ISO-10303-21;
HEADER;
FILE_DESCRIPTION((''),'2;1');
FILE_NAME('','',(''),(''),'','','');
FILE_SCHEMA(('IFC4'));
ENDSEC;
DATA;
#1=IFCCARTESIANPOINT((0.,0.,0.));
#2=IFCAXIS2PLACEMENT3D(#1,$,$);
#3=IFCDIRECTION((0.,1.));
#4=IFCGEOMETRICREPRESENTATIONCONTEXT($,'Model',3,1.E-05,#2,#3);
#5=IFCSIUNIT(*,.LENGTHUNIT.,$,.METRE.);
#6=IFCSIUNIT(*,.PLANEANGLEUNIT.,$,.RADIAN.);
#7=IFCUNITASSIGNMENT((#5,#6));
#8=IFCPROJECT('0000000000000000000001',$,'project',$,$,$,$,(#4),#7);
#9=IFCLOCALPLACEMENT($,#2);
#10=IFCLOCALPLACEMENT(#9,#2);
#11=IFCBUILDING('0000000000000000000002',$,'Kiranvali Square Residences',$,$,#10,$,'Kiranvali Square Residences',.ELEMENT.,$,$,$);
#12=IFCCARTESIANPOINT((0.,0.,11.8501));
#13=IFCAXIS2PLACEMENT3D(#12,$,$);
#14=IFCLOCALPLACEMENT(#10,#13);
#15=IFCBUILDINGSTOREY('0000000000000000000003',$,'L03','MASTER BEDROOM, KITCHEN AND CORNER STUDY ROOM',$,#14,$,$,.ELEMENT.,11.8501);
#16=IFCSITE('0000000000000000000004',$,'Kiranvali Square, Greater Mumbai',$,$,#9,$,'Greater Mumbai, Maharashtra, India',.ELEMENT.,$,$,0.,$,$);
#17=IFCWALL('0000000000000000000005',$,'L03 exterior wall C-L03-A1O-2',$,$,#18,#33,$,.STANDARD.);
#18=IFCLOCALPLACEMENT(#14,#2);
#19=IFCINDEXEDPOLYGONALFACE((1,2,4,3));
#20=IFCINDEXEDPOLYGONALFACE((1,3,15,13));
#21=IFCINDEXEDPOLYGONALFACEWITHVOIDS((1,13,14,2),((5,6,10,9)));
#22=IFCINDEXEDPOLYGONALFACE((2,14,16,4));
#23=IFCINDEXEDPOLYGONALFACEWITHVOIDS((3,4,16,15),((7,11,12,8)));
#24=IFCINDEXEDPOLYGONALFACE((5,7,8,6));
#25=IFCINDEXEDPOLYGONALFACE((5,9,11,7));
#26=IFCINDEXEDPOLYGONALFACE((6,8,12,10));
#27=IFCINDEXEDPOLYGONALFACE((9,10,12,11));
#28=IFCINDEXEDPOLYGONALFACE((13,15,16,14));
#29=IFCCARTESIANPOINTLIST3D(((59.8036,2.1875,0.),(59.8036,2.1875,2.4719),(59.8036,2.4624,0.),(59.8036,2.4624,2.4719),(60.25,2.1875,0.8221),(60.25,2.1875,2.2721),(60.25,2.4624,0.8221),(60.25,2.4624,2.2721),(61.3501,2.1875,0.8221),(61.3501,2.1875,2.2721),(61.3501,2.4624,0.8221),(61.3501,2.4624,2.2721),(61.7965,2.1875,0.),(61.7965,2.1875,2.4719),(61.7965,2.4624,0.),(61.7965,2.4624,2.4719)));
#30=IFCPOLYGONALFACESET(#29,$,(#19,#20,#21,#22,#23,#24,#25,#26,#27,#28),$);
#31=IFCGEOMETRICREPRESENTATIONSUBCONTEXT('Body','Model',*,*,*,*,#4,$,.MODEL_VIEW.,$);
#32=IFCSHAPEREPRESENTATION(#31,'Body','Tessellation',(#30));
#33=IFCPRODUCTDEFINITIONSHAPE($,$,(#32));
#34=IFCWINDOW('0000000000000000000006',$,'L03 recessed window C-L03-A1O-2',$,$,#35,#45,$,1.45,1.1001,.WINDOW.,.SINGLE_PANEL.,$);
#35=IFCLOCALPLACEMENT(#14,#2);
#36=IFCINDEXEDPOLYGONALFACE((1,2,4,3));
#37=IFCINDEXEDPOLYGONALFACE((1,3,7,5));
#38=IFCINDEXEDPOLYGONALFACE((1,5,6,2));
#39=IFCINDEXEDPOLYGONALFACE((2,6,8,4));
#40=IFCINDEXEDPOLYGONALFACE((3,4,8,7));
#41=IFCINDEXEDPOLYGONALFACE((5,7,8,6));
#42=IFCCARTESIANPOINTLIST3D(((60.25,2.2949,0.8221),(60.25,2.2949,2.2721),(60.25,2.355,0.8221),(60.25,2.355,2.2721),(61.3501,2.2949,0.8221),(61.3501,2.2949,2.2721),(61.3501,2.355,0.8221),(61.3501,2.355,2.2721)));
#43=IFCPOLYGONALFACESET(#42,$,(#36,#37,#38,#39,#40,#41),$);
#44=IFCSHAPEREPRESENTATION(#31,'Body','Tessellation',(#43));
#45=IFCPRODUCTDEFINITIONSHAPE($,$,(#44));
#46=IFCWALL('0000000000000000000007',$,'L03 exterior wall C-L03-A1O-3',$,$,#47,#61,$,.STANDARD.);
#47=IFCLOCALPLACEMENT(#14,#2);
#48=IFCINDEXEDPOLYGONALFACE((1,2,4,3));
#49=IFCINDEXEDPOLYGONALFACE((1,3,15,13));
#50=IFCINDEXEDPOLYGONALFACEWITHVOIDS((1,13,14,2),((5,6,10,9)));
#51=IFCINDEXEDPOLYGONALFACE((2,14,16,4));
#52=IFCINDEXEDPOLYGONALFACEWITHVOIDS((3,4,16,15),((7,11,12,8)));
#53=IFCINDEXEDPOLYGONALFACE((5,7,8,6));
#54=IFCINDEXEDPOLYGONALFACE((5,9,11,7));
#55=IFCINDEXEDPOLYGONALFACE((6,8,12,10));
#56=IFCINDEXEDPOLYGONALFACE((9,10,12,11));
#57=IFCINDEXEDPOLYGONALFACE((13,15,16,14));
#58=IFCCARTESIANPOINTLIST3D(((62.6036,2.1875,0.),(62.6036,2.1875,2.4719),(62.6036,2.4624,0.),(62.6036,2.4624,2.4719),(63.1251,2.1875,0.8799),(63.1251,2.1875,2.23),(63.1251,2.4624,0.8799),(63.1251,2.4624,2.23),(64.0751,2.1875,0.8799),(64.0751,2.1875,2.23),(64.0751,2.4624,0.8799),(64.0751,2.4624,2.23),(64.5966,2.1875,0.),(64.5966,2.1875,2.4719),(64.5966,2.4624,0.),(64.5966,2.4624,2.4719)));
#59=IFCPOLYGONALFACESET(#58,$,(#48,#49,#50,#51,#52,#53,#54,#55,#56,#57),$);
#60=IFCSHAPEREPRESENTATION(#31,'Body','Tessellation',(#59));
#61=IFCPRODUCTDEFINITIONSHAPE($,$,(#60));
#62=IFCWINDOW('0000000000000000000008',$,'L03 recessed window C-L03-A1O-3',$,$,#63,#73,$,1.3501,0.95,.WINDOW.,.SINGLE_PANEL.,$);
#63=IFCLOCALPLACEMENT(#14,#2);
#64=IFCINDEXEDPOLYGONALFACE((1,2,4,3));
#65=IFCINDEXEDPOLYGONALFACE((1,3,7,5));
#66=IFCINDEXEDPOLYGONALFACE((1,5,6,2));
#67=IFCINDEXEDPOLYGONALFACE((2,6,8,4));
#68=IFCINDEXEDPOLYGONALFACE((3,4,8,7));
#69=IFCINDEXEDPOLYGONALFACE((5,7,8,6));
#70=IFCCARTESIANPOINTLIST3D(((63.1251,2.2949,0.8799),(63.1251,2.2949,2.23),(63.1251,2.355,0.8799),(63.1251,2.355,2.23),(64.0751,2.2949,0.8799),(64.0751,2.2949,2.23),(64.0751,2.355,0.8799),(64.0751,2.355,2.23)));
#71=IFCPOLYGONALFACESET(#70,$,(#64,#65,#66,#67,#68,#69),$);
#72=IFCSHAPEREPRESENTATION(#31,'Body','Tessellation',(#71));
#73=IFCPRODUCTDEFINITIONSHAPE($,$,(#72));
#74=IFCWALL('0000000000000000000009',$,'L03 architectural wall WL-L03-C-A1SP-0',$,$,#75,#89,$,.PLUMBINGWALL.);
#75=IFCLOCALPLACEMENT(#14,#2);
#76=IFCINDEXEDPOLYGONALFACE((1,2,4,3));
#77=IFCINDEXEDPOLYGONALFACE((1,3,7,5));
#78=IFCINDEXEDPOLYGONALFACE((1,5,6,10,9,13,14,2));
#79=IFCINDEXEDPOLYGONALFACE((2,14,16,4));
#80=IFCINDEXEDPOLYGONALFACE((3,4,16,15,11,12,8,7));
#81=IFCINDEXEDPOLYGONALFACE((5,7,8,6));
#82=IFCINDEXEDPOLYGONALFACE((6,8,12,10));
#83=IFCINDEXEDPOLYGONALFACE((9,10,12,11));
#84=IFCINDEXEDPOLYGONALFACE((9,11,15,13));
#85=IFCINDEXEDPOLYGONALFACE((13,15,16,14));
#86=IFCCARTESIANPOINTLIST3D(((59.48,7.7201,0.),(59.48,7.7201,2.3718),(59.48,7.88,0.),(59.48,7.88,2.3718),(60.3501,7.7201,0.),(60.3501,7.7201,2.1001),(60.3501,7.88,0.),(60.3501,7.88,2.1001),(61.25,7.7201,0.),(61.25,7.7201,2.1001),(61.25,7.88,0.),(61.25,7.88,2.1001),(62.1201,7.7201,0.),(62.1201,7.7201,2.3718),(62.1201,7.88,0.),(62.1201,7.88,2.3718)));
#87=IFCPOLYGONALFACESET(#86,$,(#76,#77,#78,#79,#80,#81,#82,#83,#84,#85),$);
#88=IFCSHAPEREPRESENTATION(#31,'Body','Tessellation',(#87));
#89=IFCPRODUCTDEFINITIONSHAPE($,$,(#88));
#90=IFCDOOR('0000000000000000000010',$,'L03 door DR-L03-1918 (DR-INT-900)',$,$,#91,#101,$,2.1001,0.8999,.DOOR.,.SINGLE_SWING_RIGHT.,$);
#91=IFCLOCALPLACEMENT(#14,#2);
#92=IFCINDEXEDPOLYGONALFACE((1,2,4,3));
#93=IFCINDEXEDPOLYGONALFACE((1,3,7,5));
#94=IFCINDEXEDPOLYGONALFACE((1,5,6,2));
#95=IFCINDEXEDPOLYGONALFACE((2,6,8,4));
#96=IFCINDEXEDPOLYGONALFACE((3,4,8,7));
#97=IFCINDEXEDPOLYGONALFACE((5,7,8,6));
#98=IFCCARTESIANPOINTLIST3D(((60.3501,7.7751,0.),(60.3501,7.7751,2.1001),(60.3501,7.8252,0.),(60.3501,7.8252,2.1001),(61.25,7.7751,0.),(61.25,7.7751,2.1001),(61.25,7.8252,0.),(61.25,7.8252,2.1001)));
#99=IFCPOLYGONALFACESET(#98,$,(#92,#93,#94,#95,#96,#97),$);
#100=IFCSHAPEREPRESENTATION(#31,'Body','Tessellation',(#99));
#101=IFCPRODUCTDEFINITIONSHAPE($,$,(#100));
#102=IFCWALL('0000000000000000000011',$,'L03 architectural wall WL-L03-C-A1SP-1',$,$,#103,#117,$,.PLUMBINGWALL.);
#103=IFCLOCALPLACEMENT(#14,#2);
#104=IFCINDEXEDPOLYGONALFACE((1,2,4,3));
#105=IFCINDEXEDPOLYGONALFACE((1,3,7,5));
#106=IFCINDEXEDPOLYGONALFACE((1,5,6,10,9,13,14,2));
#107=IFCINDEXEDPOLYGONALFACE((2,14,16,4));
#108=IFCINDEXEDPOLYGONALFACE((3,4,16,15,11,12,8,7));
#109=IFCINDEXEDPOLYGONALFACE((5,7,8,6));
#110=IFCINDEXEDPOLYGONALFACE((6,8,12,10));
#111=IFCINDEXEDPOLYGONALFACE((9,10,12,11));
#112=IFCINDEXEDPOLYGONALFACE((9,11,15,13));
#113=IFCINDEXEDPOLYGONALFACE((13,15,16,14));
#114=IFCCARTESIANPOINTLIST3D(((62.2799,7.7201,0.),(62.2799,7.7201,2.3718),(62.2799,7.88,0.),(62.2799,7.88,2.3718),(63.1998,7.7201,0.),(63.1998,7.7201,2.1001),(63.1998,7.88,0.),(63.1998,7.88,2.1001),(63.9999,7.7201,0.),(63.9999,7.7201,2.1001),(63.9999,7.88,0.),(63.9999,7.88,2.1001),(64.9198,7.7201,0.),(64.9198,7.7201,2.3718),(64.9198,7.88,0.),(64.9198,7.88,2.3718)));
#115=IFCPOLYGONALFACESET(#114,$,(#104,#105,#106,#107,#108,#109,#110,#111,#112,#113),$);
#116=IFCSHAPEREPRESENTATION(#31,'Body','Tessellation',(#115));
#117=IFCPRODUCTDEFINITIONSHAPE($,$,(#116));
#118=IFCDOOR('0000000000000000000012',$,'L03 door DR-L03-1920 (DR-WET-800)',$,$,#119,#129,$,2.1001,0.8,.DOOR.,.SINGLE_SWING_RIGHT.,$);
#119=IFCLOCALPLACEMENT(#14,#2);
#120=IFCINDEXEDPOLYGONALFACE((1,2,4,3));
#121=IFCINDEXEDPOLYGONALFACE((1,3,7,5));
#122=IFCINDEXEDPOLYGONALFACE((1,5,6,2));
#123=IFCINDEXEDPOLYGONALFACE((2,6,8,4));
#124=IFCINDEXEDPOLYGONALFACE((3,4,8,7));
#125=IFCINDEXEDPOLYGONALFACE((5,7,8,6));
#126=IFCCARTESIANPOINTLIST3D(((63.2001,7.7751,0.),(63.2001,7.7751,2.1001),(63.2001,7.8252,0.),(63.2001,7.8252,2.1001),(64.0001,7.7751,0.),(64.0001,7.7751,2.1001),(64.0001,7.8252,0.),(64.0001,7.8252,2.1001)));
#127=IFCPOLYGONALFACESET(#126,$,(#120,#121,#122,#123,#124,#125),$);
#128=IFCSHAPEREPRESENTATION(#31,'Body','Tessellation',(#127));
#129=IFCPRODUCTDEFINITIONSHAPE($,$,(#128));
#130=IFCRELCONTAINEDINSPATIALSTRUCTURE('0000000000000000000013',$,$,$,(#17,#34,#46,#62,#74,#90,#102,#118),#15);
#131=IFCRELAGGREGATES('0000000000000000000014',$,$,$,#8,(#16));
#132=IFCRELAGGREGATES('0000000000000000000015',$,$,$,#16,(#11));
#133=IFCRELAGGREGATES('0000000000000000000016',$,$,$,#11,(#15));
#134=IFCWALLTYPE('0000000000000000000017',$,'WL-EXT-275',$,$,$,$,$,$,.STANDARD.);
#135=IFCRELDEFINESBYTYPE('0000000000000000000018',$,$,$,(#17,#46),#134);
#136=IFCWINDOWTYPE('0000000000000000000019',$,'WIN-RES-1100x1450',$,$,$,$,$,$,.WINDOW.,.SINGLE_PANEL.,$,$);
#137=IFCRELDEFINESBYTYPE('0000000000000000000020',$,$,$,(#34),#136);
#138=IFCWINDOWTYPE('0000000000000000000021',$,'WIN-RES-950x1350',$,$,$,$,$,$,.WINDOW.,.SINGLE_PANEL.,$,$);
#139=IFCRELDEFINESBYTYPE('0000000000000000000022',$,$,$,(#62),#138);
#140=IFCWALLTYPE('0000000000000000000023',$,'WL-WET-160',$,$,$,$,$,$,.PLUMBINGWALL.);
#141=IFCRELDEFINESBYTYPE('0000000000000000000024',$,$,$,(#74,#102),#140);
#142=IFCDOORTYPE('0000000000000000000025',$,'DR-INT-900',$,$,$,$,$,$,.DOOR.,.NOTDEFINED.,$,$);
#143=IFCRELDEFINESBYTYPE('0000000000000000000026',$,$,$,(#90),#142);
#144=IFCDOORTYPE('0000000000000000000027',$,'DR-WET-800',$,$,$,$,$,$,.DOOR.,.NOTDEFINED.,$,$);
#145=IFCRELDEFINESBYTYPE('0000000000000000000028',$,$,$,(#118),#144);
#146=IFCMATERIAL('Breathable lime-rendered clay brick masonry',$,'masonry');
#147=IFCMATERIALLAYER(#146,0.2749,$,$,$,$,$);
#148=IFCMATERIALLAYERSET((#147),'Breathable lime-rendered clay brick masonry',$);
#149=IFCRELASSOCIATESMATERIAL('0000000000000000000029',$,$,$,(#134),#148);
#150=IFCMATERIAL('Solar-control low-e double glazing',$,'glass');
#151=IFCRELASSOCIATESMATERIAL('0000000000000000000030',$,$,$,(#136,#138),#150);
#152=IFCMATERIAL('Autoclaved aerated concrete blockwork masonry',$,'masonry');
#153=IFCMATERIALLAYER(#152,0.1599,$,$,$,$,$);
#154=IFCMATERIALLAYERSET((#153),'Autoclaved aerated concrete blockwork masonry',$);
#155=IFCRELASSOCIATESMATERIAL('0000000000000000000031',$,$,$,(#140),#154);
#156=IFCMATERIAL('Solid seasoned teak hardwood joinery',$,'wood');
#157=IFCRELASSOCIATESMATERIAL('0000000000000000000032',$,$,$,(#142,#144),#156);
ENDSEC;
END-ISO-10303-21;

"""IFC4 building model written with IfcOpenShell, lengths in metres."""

from ifc_helpers import new_model, si_unit, direction, frame, frame_2d, origin, place, context, subcontext, project, spatial, rectangle, extrude, material, layer, layer_set, type_object, element, fill, save


model = new_model("IFC4")

# Units and contexts
model_context = context("Model", 3, precision=1e-05, world=origin(), true_north=direction((0.0, 1.0)))
body_context = subcontext(model_context, "Body", "Model", "MODEL_VIEW")
ifc_project = project(units=[si_unit("LENGTHUNIT", "METRE"), si_unit("PLANEANGLEUNIT", "RADIAN")], contexts=[model_context])

# Site, building, storey
site_placement = place(None, origin())
site = spatial("IfcSite", under=ifc_project, at=site_placement, Name="Kiranvali Square, Greater Mumbai", LongName="Greater Mumbai, Maharashtra, India", CompositionType="ELEMENT", RefElevation=0.0)
building_placement = place(site_placement, origin())
building = spatial("IfcBuilding", under=site, at=building_placement, Name="Kiranvali Square Residences", LongName="Kiranvali Square Residences", CompositionType="ELEMENT")
storey_placement = place(building_placement, frame((0.0, 0.0, 11.8501)))
storey = spatial("IfcBuildingStorey", under=building, at=storey_placement, Name="L03", Description="MASTER BEDROOM, KITCHEN AND CORNER STUDY ROOM", CompositionType="ELEMENT", Elevation=11.8501)

# Walls, openings, windows
ifc_material_1 = material(Name="Breathable lime-rendered clay brick masonry", Category="masonry")
ifc_layer_1 = layer(ifc_material_1, 0.2749)
ifc_layer_set_1 = layer_set([ifc_layer_1], Name="Breathable lime-rendered clay brick masonry")
wall_type_1 = type_object("IfcWallType", Name="WL-EXT-275", PredefinedType="STANDARD", material=ifc_layer_set_1)
wall_1_placement = place(storey_placement, frame((59.8035, 2.325, 0.0), z_axis=(0.0, 0.0, 1.0), x_axis=(1.0, 0.0, 0.0)))
wall_1 = element("IfcWall", 1, at=wall_1_placement, inside=storey, type_object=wall_type_1, Name="L03 exterior wall C-L03-A1O-2", PredefinedType="STANDARD", context=body_context, shape_type="SweptSolid", body=[
    extrude(rectangle(XDim=1.9929, YDim=0.2749, at=frame_2d((0.9966, 0.0))), origin(), (0.0, 0.0, 1.0), 2.4719),
])
opening_1_placement = place(wall_1_placement, frame((0.4465, 0.0, 0.822)))
opening_1 = element("IfcOpeningElement", 2, at=opening_1_placement, cuts=wall_1, PredefinedType="OPENING", context=body_context, shape_type="SweptSolid", body=[
    extrude(rectangle(XDim=1.1001, YDim=1.45, at=frame_2d((0.55, 0.7251))), frame((0.0, 0.1475, 0.0), z_axis=(0.0, -1.0, 0.0), x_axis=(1.0, 0.0, 0.0)), (0.0, 0.0, 1.0), 0.2949),
])
ifc_material_2 = material(Name="Solar-control low-e double glazing", Category="glass")
window_type_1 = type_object("IfcWindowType", Name="WIN-RES-1100x1450", PartitioningType="SINGLE_PANEL", PredefinedType="WINDOW", material=ifc_material_2)
window_1_placement = place(opening_1_placement, origin())
window_1 = element("IfcWindow", 3, at=window_1_placement, inside=storey, type_object=window_type_1, Name="L03 recessed window C-L03-A1O-2", OverallHeight=1.45, OverallWidth=1.1001, PartitioningType="SINGLE_PANEL", PredefinedType="WINDOW", context=body_context, shape_type="SweptSolid", body=[
    extrude(rectangle(XDim=1.1001, YDim=1.45, at=frame_2d((0.55, 0.7251))), frame((0.0, 0.03, 0.0), z_axis=(0.0, -1.0, 0.0), x_axis=(1.0, 0.0, 0.0)), (0.0, 0.0, 1.0), 0.0601),
])
fill(opening_1, window_1)
wall_2_placement = place(storey_placement, frame((62.6035, 2.325, 0.0), z_axis=(0.0, 0.0, 1.0), x_axis=(1.0, 0.0, 0.0)))
wall_2 = element("IfcWall", 4, at=wall_2_placement, inside=storey, type_object=wall_type_1, Name="L03 exterior wall C-L03-A1O-3", PredefinedType="STANDARD", context=body_context, shape_type="SweptSolid", body=[
    extrude(rectangle(XDim=1.9929, YDim=0.2749, at=frame_2d((0.9966, 0.0))), origin(), (0.0, 0.0, 1.0), 2.4719),
])
opening_2_placement = place(wall_2_placement, frame((0.5215, 0.0, 0.8799)))
opening_2 = element("IfcOpeningElement", 5, at=opening_2_placement, cuts=wall_2, PredefinedType="OPENING", context=body_context, shape_type="SweptSolid", body=[
    extrude(rectangle(XDim=0.95, YDim=1.3501, at=frame_2d((0.4751, 0.675))), frame((0.0, 0.1475, 0.0), z_axis=(0.0, -1.0, 0.0), x_axis=(1.0, 0.0, 0.0)), (0.0, 0.0, 1.0), 0.2949),
])
window_type_2 = type_object("IfcWindowType", Name="WIN-RES-950x1350", PartitioningType="SINGLE_PANEL", PredefinedType="WINDOW", material=ifc_material_2)
window_2_placement = place(opening_2_placement, origin())
window_2 = element("IfcWindow", 6, at=window_2_placement, inside=storey, type_object=window_type_2, Name="L03 recessed window C-L03-A1O-3", OverallHeight=1.3501, OverallWidth=0.95, PartitioningType="SINGLE_PANEL", PredefinedType="WINDOW", context=body_context, shape_type="SweptSolid", body=[
    extrude(rectangle(XDim=0.95, YDim=1.3501, at=frame_2d((0.4751, 0.675))), frame((0.0, 0.03, 0.0), z_axis=(0.0, -1.0, 0.0), x_axis=(1.0, 0.0, 0.0)), (0.0, 0.0, 1.0), 0.0601),
])
fill(opening_2, window_2)

# Walls, openings, doors
ifc_material_3 = material(Name="Autoclaved aerated concrete blockwork masonry", Category="masonry")
ifc_layer_2 = layer(ifc_material_3, 0.1599)
ifc_layer_set_2 = layer_set([ifc_layer_2], Name="Autoclaved aerated concrete blockwork masonry")
wall_type_2 = type_object("IfcWallType", Name="WL-WET-160", PredefinedType="PLUMBINGWALL", material=ifc_layer_set_2)
wall_3_placement = place(storey_placement, frame((59.48, 7.8, 0.0), z_axis=(0.0, 0.0, 1.0), x_axis=(1.0, 0.0, 0.0)))
wall_3 = element("IfcWall", 7, at=wall_3_placement, inside=storey, type_object=wall_type_2, Name="L03 architectural wall WL-L03-C-A1SP-0", PredefinedType="PLUMBINGWALL", context=body_context, shape_type="SweptSolid", body=[
    extrude(rectangle(XDim=2.6401, YDim=0.1599, at=frame_2d((1.3201, 0.0))), origin(), (0.0, 0.0, 1.0), 2.3718),
])
opening_3_placement = place(wall_3_placement, frame((0.8701, 0.0, 0.0)))
opening_3 = element("IfcOpeningElement", 8, at=opening_3_placement, cuts=wall_3, PredefinedType="OPENING", context=body_context, shape_type="SweptSolid", body=[
    extrude(rectangle(XDim=0.8999, YDim=2.1001, at=frame_2d((0.45, 1.05))), frame((0.0, 0.0898, 0.0), z_axis=(0.0, -1.0, 0.0), x_axis=(1.0, 0.0, 0.0)), (0.0, 0.0, 1.0), 0.1799),
])
ifc_material_4 = material(Name="Solid seasoned teak hardwood joinery", Category="wood")
door_type_1 = type_object("IfcDoorType", Name="DR-INT-900", OperationType="NOTDEFINED", PredefinedType="DOOR", material=ifc_material_4)
door_1_placement = place(opening_3_placement, frame((0.8999, 0.0, 0.0), z_axis=(0.0, 0.0, 1.0), x_axis=(-1.0, 0.0, 0.0)))
door_1 = element("IfcDoor", 9, at=door_1_placement, inside=storey, type_object=door_type_1, Name="L03 door DR-L03-1918 (DR-INT-900)", OperationType="SINGLE_SWING_RIGHT", OverallHeight=2.1001, OverallWidth=0.8999, PredefinedType="DOOR", context=body_context, shape_type="SweptSolid", body=[
    extrude(rectangle(XDim=0.8999, YDim=2.1001, at=frame_2d((0.45, 1.05))), frame((0.0, 0.0249, 0.0), z_axis=(0.0, -1.0, 0.0), x_axis=(1.0, 0.0, 0.0)), (0.0, 0.0, 1.0), 0.05),
])
fill(opening_3, door_1)
wall_4_placement = place(storey_placement, frame((62.28, 7.8, 0.0), z_axis=(0.0, 0.0, 1.0), x_axis=(1.0, 0.0, 0.0)))
wall_4 = element("IfcWall", 10, at=wall_4_placement, inside=storey, type_object=wall_type_2, Name="L03 architectural wall WL-L03-C-A1SP-1", PredefinedType="PLUMBINGWALL", context=body_context, shape_type="SweptSolid", body=[
    extrude(rectangle(XDim=2.6399, YDim=0.1599, at=frame_2d((1.3198, 0.0))), origin(), (0.0, 0.0, 1.0), 2.3718),
])
opening_4_placement = place(wall_4_placement, frame((0.9199, 0.0, 0.0)))
opening_4 = element("IfcOpeningElement", 11, at=opening_4_placement, cuts=wall_4, PredefinedType="OPENING", context=body_context, shape_type="SweptSolid", body=[
    extrude(rectangle(XDim=0.8, YDim=2.1001, at=frame_2d((0.3999, 1.05))), frame((0.0, 0.0898, 0.0), z_axis=(0.0, -1.0, 0.0), x_axis=(1.0, 0.0, 0.0)), (0.0, 0.0, 1.0), 0.1799),
])
door_type_2 = type_object("IfcDoorType", Name="DR-WET-800", OperationType="NOTDEFINED", PredefinedType="DOOR", material=ifc_material_4)
door_2_placement = place(opening_4_placement, frame((0.8, 0.0, 0.0), z_axis=(0.0, 0.0, 1.0), x_axis=(-1.0, 0.0, 0.0)))
door_2 = element("IfcDoor", 12, at=door_2_placement, inside=storey, type_object=door_type_2, Name="L03 door DR-L03-1920 (DR-WET-800)", OperationType="SINGLE_SWING_RIGHT", OverallHeight=2.1001, OverallWidth=0.8, PredefinedType="DOOR", context=body_context, shape_type="SweptSolid", body=[
    extrude(rectangle(XDim=0.8, YDim=2.1001, at=frame_2d((0.3999, 1.05))), frame((0.0, 0.0249, 0.0), z_axis=(0.0, -1.0, 0.0), x_axis=(1.0, 0.0, 0.0)), (0.0, 0.0, 1.0), 0.05),
])
fill(opening_4, door_2)

save(model, "model.ifc")
